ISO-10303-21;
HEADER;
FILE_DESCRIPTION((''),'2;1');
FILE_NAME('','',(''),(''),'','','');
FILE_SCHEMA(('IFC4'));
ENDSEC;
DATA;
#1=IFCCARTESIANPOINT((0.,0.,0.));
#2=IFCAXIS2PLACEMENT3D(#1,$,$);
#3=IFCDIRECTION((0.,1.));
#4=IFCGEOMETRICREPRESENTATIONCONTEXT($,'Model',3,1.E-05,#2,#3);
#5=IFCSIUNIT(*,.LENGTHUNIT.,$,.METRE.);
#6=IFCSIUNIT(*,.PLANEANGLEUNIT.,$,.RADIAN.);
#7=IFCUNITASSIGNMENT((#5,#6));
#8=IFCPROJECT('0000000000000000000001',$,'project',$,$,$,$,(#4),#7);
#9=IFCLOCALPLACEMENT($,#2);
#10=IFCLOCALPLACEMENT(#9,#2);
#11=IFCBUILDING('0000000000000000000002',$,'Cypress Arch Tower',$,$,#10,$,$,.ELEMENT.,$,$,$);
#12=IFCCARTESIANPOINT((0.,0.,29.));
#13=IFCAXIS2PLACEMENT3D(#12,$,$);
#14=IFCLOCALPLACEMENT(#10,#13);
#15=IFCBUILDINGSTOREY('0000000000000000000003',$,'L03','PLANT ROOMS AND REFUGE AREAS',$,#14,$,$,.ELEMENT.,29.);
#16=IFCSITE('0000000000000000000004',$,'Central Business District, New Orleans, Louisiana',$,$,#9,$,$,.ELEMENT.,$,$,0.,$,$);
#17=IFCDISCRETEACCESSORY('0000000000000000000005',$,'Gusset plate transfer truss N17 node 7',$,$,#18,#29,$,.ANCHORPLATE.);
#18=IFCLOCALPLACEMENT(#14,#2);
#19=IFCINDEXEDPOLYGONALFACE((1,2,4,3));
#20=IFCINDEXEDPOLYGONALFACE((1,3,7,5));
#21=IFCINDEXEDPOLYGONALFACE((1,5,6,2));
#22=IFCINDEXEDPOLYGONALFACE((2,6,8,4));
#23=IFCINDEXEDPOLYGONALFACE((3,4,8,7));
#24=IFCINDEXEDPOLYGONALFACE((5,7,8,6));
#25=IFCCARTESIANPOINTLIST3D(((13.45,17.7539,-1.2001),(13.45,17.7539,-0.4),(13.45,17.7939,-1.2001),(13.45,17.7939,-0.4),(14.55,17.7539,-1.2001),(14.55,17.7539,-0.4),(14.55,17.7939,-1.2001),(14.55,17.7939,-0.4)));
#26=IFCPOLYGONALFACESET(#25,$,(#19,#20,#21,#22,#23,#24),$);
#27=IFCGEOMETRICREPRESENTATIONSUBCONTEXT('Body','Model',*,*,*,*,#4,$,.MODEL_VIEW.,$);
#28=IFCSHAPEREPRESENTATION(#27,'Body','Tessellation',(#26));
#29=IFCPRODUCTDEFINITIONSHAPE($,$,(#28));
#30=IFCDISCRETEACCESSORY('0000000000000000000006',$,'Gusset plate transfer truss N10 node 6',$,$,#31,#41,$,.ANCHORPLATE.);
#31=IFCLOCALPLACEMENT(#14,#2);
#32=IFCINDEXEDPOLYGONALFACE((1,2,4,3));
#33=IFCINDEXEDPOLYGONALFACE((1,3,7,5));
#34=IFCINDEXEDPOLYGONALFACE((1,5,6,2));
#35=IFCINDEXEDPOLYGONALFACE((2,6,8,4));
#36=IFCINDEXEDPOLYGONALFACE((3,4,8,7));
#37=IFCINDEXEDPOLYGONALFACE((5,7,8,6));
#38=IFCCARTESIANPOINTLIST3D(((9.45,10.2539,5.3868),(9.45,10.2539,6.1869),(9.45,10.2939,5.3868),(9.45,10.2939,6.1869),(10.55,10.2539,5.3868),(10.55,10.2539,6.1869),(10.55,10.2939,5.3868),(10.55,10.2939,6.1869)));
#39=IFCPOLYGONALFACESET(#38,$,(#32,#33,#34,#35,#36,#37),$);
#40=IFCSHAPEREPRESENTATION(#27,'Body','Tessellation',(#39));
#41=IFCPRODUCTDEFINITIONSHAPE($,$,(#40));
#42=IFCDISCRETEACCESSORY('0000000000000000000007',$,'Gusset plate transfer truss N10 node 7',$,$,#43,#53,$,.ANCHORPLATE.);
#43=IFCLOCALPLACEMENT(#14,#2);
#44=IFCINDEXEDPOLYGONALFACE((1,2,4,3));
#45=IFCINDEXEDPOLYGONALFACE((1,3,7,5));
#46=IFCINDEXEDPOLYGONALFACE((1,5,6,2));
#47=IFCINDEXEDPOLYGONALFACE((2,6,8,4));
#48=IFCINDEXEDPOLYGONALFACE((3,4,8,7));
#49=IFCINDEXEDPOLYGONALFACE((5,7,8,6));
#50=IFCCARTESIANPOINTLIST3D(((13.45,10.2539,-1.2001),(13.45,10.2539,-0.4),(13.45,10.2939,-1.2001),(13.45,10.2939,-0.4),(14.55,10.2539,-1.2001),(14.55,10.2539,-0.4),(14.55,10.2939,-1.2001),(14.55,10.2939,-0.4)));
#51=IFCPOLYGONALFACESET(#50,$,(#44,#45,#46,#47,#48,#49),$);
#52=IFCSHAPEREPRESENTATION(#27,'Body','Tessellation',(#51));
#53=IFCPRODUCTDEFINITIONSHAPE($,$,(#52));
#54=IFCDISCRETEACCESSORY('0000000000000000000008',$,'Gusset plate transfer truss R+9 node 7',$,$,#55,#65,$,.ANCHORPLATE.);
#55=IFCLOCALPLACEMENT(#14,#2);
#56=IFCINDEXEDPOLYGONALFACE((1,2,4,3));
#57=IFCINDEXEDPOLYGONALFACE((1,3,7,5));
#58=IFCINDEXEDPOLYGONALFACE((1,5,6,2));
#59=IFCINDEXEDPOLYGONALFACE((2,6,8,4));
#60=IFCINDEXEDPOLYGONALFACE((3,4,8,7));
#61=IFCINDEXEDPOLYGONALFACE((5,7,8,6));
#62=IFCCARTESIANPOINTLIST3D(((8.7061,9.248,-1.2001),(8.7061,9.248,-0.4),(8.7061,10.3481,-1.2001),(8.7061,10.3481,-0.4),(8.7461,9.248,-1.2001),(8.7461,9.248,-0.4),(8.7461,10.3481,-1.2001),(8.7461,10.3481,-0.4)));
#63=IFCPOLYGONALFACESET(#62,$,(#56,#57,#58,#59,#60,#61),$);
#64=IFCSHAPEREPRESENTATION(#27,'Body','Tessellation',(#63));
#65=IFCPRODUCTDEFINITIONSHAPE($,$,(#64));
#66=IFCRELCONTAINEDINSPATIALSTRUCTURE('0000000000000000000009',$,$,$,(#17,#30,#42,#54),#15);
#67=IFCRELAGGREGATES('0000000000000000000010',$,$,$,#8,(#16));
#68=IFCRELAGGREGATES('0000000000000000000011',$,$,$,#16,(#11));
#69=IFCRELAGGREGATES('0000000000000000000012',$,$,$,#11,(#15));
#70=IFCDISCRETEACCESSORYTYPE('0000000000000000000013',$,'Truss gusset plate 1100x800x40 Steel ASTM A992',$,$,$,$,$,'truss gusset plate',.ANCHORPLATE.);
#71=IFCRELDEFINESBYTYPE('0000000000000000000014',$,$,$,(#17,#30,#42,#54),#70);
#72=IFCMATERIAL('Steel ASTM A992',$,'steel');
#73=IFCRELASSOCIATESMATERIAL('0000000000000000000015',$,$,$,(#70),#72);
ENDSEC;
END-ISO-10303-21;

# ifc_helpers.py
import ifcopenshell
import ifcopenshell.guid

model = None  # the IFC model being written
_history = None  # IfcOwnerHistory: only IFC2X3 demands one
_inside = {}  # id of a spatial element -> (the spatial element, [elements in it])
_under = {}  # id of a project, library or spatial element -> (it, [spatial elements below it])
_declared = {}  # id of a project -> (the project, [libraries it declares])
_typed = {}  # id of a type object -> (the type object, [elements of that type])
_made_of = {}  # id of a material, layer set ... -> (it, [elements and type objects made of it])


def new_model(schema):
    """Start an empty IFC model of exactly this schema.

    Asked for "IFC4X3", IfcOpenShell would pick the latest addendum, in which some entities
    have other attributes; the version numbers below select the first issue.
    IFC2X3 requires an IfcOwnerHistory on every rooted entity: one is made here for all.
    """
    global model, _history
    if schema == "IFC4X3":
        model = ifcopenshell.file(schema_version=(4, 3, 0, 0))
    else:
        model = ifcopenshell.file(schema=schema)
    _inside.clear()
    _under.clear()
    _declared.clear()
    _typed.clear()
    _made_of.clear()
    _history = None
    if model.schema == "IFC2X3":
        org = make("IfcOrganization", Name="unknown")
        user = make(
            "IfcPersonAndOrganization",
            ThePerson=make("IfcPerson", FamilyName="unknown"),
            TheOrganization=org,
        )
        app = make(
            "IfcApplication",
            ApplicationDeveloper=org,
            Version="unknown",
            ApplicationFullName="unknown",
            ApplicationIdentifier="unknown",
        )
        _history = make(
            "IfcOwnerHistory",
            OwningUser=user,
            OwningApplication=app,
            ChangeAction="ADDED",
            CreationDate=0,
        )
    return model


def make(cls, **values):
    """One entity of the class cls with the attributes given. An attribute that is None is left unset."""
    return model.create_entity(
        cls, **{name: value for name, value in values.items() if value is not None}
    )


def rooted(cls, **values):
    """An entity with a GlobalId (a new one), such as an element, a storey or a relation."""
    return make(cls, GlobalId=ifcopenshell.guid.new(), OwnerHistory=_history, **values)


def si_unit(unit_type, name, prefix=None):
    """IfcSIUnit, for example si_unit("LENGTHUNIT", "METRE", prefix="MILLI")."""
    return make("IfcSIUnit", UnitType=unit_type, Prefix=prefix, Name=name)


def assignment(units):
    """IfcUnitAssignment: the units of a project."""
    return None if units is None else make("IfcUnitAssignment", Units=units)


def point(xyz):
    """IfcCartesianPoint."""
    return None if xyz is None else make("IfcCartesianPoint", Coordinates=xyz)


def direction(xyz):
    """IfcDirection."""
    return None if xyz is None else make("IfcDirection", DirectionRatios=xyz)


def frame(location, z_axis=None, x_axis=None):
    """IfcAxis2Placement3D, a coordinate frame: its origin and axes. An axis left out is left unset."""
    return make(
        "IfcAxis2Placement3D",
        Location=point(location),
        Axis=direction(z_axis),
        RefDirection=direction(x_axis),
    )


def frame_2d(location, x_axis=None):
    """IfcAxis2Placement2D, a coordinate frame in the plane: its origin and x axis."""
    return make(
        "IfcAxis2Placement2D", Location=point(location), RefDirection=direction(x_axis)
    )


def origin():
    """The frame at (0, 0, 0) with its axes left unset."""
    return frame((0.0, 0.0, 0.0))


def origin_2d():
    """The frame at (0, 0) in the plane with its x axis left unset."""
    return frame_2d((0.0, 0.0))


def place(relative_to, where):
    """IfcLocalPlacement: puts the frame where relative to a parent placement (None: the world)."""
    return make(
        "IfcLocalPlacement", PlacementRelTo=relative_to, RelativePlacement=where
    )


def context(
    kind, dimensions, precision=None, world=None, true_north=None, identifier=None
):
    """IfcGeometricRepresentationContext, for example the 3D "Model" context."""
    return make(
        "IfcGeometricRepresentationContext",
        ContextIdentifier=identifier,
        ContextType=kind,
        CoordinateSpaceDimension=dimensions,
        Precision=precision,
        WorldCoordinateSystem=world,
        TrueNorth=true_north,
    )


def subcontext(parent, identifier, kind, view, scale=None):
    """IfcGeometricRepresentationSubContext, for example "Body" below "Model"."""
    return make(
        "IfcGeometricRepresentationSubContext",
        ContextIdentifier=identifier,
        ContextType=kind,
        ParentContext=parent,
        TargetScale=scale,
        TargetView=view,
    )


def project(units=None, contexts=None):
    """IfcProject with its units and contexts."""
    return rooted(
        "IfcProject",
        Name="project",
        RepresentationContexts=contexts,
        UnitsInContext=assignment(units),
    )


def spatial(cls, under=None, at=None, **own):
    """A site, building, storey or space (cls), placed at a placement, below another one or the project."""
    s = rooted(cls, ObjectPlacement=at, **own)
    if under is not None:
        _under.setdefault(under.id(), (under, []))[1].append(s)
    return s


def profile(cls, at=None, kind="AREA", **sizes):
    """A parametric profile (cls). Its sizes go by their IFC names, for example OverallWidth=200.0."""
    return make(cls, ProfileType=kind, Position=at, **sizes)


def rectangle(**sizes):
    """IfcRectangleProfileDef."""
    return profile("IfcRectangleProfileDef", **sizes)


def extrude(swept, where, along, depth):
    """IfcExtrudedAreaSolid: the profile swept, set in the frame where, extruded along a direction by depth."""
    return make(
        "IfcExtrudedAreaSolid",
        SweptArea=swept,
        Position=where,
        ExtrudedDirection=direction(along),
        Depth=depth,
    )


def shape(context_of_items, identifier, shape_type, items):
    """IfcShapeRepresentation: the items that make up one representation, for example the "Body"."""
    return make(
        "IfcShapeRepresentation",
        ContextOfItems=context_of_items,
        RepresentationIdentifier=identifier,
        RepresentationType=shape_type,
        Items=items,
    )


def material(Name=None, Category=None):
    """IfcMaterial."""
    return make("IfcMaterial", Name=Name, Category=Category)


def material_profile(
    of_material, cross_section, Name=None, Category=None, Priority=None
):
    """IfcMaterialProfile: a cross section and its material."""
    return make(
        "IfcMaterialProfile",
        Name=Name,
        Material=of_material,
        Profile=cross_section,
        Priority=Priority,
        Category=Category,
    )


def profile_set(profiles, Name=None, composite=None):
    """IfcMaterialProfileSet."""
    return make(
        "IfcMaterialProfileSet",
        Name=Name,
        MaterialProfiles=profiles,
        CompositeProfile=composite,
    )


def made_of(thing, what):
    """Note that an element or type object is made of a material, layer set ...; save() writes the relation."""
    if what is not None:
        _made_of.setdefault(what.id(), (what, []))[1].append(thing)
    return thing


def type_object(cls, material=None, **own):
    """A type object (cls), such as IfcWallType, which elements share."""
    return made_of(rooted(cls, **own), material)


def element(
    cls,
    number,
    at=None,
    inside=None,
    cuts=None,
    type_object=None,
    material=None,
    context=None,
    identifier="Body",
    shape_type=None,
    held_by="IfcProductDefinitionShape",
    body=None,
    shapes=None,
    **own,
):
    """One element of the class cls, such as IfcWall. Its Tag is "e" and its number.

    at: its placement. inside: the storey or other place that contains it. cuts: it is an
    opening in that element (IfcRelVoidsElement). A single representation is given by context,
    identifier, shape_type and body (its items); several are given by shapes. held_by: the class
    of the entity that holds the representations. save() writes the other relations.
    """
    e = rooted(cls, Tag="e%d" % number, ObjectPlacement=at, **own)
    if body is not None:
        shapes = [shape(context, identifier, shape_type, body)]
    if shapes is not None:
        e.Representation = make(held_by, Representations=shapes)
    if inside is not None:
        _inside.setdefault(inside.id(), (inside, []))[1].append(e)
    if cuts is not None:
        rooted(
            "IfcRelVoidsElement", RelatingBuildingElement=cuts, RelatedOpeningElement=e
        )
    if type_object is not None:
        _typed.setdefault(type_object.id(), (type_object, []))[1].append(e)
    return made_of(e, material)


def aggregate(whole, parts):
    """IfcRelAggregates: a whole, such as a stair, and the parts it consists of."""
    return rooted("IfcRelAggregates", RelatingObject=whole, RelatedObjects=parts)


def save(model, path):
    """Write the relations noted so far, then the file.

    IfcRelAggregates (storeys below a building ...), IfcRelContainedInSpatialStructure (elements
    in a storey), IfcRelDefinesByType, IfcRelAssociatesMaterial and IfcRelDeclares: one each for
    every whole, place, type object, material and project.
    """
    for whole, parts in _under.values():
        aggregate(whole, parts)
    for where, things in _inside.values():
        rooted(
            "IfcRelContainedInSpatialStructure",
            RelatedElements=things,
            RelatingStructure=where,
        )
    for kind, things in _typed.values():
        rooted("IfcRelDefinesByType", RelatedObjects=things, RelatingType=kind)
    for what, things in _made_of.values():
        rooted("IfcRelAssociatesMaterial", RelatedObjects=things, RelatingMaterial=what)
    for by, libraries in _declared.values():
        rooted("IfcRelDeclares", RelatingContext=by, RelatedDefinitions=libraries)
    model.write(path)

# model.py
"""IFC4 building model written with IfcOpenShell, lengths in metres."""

from ifc_helpers import new_model, si_unit, direction, frame, origin, origin_2d, place, context, subcontext, project, spatial, rectangle, extrude, material, material_profile, profile_set, type_object, element, save


model = new_model("IFC4")

# Units and contexts
model_context = context("Model", 3, precision=1e-05, world=origin(), true_north=direction((0.0, 1.0)))
body_context = subcontext(model_context, "Body", "Model", "MODEL_VIEW")
ifc_project = project(units=[si_unit("LENGTHUNIT", "METRE"), si_unit("PLANEANGLEUNIT", "RADIAN")], contexts=[model_context])

# Site, building, storey
site_placement = place(None, origin())
site = spatial("IfcSite", under=ifc_project, at=site_placement, Name="Central Business District, New Orleans, Louisiana", CompositionType="ELEMENT", RefElevation=0.0)
building_placement = place(site_placement, origin())
building = spatial("IfcBuilding", under=site, at=building_placement, Name="Cypress Arch Tower", CompositionType="ELEMENT")
storey_placement = place(building_placement, frame((0.0, 0.0, 29.0)))
storey = spatial("IfcBuildingStorey", under=building, at=storey_placement, Name="L03", Description="PLANT ROOMS AND REFUGE AREAS", CompositionType="ELEMENT", Elevation=29.0)

# Discrete accessories
ifc_material_1 = material(Name="Steel ASTM A992", Category="steel")
ifc_material_profile_1 = material_profile(ifc_material_1, rectangle(XDim=1.1001, YDim=0.8, at=origin_2d()), Name="PL 40 1100x800")
ifc_profile_set_1 = profile_set([ifc_material_profile_1], Name="Steel ASTM A992")
discrete_accessory_type_1 = type_object("IfcDiscreteAccessoryType", Name="Truss gusset plate 1100x800x40 Steel ASTM A992", ElementType="truss gusset plate", PredefinedType="ANCHORPLATE", material=ifc_profile_set_1)
for number, where, z_axis, x_axis, name in (
    (1, (14.0, 17.7539, -0.8), (0.0, 1.0, 0.0), (-1.0, 0.0, 0.0), "Gusset plate transfer truss N17 node 7"),
    (2, (10.0, 10.2539, 5.7869), (0.0, 1.0, 0.0), (-1.0, 0.0, 0.0), "Gusset plate transfer truss N10 node 6"),
    (3, (14.0, 10.2539, -0.8), (0.0, 1.0, 0.0), (-1.0, 0.0, 0.0), "Gusset plate transfer truss N10 node 7"),
    (4, (8.7461, 9.7981, -0.8), (-1.0, 0.0, 0.0), (0.0, -1.0, 0.0), "Gusset plate transfer truss R+9 node 7"),
):
    element("IfcDiscreteAccessory", number, at=place(storey_placement, frame(where, z_axis=z_axis, x_axis=x_axis)), inside=storey, type_object=discrete_accessory_type_1, Name=name, PredefinedType="ANCHORPLATE", context=body_context, shape_type="SweptSolid", body=[
        extrude(rectangle(XDim=1.1001, YDim=0.8, at=origin_2d()), origin(), (0.0, 0.0, 1.0), 0.04),
    ])

save(model, "model.ifc")
